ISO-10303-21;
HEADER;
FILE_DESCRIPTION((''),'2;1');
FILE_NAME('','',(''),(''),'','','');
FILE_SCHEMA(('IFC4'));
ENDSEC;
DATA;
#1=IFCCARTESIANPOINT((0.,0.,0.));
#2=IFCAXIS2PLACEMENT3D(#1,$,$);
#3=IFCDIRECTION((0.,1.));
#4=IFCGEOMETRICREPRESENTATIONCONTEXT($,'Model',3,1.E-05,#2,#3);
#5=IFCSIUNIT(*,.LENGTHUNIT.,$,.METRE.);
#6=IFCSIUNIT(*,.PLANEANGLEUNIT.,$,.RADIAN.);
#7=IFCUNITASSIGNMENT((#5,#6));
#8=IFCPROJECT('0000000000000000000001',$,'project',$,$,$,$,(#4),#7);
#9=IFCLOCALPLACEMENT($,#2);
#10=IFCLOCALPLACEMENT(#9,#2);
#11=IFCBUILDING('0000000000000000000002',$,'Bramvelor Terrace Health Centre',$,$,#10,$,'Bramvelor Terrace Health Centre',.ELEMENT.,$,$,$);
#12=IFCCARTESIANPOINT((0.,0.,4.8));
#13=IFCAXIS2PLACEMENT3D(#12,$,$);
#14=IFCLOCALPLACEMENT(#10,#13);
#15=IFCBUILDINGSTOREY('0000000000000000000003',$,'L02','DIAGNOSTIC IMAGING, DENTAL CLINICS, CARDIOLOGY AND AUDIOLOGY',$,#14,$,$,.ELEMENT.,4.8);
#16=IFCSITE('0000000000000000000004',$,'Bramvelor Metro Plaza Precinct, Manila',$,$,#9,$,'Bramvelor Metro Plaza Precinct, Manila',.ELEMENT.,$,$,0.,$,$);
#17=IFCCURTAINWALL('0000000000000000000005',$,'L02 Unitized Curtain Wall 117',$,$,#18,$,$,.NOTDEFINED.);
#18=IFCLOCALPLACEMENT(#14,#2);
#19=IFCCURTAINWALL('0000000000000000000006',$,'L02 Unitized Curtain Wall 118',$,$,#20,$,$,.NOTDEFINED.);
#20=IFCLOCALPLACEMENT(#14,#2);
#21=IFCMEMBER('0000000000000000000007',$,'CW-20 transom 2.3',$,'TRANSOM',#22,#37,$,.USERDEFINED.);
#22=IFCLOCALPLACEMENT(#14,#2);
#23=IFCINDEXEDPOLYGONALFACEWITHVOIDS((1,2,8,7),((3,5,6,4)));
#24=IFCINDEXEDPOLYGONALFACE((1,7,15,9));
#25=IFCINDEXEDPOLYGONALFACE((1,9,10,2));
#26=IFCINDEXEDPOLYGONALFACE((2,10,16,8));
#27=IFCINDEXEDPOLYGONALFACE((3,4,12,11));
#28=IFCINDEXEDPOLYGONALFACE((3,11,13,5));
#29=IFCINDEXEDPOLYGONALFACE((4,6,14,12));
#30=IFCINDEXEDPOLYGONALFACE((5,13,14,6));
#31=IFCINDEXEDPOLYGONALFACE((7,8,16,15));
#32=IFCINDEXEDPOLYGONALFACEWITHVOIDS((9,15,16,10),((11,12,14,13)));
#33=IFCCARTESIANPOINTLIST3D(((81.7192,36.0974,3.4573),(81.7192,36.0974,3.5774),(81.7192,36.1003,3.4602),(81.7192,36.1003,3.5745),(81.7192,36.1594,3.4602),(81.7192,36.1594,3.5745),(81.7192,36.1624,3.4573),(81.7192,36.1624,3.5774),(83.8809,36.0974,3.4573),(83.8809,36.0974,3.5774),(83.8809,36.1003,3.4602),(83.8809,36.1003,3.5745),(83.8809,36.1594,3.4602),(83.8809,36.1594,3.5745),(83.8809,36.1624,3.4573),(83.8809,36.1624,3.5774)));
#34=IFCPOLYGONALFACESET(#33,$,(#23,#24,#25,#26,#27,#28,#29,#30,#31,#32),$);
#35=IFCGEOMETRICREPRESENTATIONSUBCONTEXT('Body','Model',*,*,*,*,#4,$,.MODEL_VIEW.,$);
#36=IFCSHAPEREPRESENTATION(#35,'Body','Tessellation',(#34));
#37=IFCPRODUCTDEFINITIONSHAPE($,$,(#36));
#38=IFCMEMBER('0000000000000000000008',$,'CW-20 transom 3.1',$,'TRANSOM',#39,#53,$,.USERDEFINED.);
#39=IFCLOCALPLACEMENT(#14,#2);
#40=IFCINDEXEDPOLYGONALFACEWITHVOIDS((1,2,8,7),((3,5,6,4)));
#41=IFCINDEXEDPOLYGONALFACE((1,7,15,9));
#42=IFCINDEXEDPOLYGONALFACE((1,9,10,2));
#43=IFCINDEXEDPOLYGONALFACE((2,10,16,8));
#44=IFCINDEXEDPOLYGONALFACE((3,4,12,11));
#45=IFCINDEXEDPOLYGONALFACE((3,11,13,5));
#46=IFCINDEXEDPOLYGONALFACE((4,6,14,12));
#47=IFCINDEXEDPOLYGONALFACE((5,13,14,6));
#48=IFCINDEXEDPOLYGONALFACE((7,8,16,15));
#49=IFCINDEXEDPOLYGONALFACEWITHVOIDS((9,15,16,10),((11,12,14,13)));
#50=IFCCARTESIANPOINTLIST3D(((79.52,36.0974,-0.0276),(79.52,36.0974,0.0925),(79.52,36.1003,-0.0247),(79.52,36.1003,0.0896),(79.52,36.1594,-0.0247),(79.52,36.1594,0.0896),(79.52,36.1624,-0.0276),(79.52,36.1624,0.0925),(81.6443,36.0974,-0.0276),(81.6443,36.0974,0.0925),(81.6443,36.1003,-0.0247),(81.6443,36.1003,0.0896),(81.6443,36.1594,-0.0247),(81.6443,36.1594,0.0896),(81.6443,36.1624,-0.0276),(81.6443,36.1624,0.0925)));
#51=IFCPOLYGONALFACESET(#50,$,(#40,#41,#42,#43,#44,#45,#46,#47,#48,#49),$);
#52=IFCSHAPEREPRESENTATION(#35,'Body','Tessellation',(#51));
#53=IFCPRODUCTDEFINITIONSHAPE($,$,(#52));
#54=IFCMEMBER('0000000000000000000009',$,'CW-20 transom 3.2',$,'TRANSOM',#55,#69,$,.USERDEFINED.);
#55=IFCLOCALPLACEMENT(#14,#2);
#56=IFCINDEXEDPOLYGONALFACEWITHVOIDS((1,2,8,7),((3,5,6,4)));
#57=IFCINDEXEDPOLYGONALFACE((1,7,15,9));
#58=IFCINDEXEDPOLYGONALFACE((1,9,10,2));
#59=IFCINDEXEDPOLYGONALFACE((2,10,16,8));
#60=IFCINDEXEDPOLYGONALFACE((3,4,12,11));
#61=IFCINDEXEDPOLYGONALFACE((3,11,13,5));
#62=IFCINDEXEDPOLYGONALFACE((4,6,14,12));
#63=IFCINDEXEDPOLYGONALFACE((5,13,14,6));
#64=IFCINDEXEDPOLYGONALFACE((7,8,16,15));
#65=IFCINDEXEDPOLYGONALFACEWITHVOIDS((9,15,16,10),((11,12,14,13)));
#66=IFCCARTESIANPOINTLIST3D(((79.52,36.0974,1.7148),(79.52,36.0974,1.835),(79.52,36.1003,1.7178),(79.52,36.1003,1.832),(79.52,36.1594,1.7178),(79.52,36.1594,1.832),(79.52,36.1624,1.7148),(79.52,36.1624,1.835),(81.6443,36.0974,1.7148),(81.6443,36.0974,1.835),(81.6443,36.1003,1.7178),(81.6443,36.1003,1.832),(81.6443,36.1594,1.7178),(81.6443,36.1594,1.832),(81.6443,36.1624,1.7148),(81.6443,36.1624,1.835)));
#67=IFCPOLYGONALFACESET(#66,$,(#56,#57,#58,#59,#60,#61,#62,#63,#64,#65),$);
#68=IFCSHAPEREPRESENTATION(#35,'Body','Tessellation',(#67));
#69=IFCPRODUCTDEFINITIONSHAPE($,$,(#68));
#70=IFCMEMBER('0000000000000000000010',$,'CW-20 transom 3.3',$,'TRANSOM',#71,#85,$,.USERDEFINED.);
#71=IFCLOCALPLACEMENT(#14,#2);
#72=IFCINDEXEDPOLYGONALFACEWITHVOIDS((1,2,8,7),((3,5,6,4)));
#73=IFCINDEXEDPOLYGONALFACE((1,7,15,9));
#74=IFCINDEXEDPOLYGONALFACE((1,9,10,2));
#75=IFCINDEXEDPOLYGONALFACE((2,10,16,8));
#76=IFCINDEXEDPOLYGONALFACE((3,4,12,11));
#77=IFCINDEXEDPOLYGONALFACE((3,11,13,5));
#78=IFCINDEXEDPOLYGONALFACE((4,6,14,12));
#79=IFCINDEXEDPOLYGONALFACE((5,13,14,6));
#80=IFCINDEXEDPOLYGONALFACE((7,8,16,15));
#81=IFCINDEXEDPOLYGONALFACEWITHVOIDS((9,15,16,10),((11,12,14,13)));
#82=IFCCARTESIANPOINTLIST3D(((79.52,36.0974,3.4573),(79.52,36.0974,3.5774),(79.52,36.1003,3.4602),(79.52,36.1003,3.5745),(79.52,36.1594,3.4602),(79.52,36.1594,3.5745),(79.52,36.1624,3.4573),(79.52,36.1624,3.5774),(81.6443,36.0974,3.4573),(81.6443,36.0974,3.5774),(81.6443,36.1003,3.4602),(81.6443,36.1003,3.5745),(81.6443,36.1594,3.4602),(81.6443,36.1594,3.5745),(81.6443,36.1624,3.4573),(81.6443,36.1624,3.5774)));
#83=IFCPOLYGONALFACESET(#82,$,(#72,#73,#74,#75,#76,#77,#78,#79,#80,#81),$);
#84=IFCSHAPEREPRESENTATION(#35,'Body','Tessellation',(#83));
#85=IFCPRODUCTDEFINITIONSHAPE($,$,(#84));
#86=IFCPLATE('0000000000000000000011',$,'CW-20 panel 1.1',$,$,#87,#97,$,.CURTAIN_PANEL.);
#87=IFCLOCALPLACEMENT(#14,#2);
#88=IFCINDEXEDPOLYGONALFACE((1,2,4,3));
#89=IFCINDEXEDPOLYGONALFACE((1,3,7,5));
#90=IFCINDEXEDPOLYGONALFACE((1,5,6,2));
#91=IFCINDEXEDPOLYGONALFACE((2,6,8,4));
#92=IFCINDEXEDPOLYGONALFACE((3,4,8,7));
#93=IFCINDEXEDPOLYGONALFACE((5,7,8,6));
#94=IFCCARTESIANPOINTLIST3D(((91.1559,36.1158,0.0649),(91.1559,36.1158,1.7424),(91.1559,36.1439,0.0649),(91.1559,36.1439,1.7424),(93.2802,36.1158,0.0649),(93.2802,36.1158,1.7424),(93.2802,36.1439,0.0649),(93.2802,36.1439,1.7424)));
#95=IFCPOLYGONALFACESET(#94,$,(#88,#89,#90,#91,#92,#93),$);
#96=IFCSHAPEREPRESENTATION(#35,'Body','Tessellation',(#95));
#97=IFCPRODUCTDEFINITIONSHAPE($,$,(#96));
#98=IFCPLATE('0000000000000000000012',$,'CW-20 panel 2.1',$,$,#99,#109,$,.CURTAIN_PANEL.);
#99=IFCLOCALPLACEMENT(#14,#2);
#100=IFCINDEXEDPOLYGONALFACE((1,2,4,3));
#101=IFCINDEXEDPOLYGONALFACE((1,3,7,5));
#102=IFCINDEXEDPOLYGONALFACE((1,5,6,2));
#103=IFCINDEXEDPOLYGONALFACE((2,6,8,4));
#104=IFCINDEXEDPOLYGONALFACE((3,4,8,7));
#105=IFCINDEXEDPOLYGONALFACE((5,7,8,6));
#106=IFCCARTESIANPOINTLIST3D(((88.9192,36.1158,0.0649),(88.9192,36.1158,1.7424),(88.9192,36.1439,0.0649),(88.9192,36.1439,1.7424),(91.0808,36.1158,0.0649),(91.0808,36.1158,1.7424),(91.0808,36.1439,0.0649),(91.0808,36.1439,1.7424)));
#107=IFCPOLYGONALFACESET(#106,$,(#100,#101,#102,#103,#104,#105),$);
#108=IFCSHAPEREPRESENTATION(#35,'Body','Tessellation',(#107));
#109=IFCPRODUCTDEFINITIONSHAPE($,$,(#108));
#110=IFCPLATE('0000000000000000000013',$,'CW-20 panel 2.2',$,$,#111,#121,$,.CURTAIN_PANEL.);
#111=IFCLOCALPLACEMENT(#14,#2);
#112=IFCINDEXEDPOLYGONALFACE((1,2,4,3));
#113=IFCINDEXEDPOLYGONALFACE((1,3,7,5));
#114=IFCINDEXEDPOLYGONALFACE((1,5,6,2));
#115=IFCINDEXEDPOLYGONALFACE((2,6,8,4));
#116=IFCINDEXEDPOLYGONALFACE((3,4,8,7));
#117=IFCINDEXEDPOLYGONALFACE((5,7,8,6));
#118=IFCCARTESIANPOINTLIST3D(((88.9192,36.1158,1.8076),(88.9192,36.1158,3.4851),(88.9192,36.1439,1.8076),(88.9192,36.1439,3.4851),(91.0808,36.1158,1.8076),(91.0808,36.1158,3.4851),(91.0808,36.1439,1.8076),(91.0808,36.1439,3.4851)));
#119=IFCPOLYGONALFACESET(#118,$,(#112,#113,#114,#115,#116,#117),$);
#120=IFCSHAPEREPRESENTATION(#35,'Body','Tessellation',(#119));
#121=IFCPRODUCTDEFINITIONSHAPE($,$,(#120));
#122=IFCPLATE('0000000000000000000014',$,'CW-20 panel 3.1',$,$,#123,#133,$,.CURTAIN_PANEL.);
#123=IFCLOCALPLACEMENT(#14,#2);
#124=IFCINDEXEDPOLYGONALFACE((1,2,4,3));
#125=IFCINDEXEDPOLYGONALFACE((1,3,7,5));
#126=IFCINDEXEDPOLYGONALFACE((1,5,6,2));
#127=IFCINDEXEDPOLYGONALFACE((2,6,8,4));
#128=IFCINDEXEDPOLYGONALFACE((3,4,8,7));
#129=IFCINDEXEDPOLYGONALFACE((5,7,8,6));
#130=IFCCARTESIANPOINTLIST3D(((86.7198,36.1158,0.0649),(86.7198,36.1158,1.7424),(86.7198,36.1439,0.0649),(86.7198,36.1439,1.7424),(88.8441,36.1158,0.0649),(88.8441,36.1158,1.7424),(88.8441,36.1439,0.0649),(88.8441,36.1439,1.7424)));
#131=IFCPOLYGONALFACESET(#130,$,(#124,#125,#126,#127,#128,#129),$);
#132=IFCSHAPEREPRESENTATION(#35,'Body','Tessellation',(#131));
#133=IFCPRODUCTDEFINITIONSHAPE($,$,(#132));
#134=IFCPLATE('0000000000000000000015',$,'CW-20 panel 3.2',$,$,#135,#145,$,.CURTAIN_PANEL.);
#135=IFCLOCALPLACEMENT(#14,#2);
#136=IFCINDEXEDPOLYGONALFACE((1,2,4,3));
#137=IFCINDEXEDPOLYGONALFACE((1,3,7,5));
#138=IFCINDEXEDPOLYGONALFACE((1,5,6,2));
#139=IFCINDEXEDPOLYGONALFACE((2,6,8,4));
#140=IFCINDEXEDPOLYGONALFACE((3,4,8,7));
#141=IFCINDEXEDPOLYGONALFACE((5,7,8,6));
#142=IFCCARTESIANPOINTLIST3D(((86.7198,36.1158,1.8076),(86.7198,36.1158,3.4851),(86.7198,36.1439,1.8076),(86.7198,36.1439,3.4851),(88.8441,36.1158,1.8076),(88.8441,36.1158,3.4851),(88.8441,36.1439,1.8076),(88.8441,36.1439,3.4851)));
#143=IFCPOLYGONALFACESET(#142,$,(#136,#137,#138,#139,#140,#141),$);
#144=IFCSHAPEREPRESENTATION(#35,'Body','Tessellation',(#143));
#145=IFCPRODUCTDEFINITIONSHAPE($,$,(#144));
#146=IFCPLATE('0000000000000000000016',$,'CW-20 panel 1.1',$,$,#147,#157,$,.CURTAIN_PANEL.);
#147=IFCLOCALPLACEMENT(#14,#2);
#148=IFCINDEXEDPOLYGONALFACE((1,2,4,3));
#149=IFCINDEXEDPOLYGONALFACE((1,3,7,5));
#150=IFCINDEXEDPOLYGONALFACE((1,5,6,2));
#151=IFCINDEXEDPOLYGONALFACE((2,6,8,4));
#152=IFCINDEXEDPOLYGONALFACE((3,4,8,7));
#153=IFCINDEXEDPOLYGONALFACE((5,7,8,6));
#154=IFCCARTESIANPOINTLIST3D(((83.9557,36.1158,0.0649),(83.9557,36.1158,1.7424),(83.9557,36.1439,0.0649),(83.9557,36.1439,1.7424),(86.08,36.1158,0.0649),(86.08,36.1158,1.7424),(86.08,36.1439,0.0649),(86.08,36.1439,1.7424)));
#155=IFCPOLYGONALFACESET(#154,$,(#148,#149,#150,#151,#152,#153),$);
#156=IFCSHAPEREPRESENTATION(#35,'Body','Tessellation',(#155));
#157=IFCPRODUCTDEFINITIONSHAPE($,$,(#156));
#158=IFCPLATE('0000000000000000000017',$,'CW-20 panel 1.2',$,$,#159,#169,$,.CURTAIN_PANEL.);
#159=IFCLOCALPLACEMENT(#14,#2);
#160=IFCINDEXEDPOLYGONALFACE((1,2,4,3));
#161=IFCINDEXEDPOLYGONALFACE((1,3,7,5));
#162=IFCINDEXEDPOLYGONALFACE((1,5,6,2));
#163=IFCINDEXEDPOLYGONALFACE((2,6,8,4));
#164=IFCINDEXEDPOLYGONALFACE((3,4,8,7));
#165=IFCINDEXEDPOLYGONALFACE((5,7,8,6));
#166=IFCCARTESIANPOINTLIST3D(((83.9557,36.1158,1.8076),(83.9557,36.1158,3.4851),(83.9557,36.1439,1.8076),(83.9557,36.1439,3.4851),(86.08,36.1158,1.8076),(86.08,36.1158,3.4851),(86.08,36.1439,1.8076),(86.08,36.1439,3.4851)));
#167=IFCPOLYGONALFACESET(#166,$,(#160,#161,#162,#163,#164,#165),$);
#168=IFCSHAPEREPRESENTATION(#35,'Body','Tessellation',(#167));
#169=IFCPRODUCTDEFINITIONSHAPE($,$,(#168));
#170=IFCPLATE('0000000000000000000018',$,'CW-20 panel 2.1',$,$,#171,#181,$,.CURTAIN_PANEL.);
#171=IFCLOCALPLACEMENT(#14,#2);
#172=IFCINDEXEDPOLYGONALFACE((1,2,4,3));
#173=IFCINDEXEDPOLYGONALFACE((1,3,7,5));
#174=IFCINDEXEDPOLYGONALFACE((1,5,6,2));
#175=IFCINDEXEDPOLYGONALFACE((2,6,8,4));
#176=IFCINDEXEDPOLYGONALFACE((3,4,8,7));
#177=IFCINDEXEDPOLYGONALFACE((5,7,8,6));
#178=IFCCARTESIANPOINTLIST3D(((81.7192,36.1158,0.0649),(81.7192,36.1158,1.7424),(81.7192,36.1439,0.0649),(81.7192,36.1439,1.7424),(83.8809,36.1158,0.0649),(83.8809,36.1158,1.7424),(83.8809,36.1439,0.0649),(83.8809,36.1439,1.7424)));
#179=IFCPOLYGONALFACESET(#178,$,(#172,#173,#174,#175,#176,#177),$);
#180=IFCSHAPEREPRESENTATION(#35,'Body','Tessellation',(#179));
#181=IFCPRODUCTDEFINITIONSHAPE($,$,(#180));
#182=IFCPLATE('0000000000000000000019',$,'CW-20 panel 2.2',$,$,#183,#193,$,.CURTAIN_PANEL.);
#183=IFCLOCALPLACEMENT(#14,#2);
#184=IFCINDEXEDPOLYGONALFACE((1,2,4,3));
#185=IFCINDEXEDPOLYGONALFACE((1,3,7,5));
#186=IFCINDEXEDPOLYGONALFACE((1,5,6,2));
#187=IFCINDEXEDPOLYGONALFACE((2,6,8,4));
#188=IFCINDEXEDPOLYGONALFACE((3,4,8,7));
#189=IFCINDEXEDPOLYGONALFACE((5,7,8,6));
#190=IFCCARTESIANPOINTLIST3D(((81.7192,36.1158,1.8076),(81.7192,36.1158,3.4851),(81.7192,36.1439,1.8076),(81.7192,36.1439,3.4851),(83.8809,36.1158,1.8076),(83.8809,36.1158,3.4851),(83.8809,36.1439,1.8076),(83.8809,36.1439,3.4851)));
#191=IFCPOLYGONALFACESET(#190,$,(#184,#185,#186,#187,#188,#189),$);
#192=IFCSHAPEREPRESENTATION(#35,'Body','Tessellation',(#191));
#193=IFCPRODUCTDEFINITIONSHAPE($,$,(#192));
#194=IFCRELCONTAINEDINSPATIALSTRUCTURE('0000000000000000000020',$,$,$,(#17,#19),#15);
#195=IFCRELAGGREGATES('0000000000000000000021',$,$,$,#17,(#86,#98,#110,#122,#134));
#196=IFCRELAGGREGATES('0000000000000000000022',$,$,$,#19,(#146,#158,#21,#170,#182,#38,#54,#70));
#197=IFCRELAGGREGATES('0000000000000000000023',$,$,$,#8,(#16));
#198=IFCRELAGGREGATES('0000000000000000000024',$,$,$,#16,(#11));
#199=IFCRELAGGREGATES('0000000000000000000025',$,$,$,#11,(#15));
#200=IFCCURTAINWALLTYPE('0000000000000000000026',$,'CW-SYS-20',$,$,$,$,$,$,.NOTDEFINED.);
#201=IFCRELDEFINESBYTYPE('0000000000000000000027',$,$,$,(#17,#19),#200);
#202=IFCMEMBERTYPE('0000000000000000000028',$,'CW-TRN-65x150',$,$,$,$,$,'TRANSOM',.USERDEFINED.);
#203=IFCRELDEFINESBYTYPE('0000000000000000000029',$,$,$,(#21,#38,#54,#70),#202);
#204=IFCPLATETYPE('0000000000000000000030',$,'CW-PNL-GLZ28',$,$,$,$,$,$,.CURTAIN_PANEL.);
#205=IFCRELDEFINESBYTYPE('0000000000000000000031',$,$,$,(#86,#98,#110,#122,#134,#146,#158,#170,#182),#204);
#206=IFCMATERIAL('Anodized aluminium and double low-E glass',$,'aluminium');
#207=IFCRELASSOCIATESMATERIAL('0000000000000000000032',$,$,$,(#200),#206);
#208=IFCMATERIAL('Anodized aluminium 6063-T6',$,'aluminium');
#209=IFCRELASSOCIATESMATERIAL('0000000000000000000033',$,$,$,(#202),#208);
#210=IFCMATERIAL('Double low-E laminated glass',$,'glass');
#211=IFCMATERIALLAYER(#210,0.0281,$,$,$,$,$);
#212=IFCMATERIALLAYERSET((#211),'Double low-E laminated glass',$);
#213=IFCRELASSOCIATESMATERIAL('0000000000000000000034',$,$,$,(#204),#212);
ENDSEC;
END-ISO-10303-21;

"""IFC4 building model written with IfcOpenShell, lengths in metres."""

from ifc_helpers import new_model, si_unit, direction, frame, origin, origin_2d, place, context, subcontext, project, spatial, rectangle, hollow_rectangle, extrude, material, layer, layer_set, material_profile, profile_set, type_object, element, aggregate, save


model = new_model("IFC4")

# Units and contexts
model_context = context("Model", 3, precision=1e-05, world=origin(), true_north=direction((0.0, 1.0)))
body_context = subcontext(model_context, "Body", "Model", "MODEL_VIEW")
ifc_project = project(units=[si_unit("LENGTHUNIT", "METRE"), si_unit("PLANEANGLEUNIT", "RADIAN")], contexts=[model_context])

# Site, building, storey
site_placement = place(None, origin())
site = spatial("IfcSite", under=ifc_project, at=site_placement, Name="Bramvelor Metro Plaza Precinct, Manila", LongName="Bramvelor Metro Plaza Precinct, Manila", CompositionType="ELEMENT", RefElevation=0.0)
building_placement = place(site_placement, origin())
building = spatial("IfcBuilding", under=site, at=building_placement, Name="Bramvelor Terrace Health Centre", LongName="Bramvelor Terrace Health Centre", CompositionType="ELEMENT")
storey_placement = place(building_placement, frame((0.0, 0.0, 4.8)))
storey = spatial("IfcBuildingStorey", under=building, at=storey_placement, Name="L02", Description="DIAGNOSTIC IMAGING, DENTAL CLINICS, CARDIOLOGY AND AUDIOLOGY", CompositionType="ELEMENT", Elevation=4.8)

# Curtain walls
ifc_material_1 = material(Name="Anodized aluminium and double low-E glass", Category="aluminium")
curtain_wall_type = type_object("IfcCurtainWallType", Name="CW-SYS-20", PredefinedType="NOTDEFINED", material=ifc_material_1)
curtain_wall_1_placement = place(storey_placement, origin())
curtain_wall_1 = element("IfcCurtainWall", 1, at=curtain_wall_1_placement, inside=storey, type_object=curtain_wall_type, Name="L02 Unitized Curtain Wall 117", PredefinedType="NOTDEFINED")
curtain_wall_2_placement = place(storey_placement, origin())
curtain_wall_2 = element("IfcCurtainWall", 2, at=curtain_wall_2_placement, inside=storey, type_object=curtain_wall_type, Name="L02 Unitized Curtain Wall 118", PredefinedType="NOTDEFINED")

# Members
ifc_material_2 = material(Name="Anodized aluminium 6063-T6", Category="aluminium")
ifc_material_profile_1 = material_profile(ifc_material_2, hollow_rectangle(XDim=0.0649, YDim=0.1201, WallThickness=0.0029, at=origin_2d()), Name="ALU-TRN 65x120x3.0")
ifc_profile_set_1 = profile_set([ifc_material_profile_1], Name="Anodized aluminium 6063-T6")
member_type_1 = type_object("IfcMemberType", Name="CW-TRN-65x150", ElementType="TRANSOM", PredefinedType="USERDEFINED", material=ifc_profile_set_1)
member_1_placement = place(storey_placement, frame((83.8809, 36.1299, 3.5173), z_axis=(-1.0, 0.0, 0.0), x_axis=(0.0, -1.0, 0.0)))
member_1 = element("IfcMember", 3, at=member_1_placement, type_object=member_type_1, Name="CW-20 transom 2.3", ObjectType="TRANSOM", PredefinedType="USERDEFINED", context=body_context, shape_type="SweptSolid", body=[
    extrude(hollow_rectangle(XDim=0.0649, YDim=0.1201, WallThickness=0.0029, at=origin_2d()), origin(), (0.0, 0.0, 1.0), 2.1616),
])
member_2_placement = place(storey_placement, frame((81.6443, 36.1299, 0.0325), z_axis=(-1.0, 0.0, 0.0), x_axis=(0.0, -1.0, 0.0)))
member_2 = element("IfcMember", 4, at=member_2_placement, type_object=member_type_1, Name="CW-20 transom 3.1", ObjectType="TRANSOM", PredefinedType="USERDEFINED", context=body_context, shape_type="SweptSolid", body=[
    extrude(hollow_rectangle(XDim=0.0649, YDim=0.1201, WallThickness=0.0029, at=origin_2d()), origin(), (0.0, 0.0, 1.0), 2.1243),
])
member_3_placement = place(storey_placement, frame((81.6443, 36.1299, 1.7749), z_axis=(-1.0, 0.0, 0.0), x_axis=(0.0, -1.0, 0.0)))
member_3 = element("IfcMember", 5, at=member_3_placement, type_object=member_type_1, Name="CW-20 transom 3.2", ObjectType="TRANSOM", PredefinedType="USERDEFINED", context=body_context, shape_type="SweptSolid", body=[
    extrude(hollow_rectangle(XDim=0.0649, YDim=0.1201, WallThickness=0.0029, at=origin_2d()), origin(), (0.0, 0.0, 1.0), 2.1243),
])
member_4_placement = place(storey_placement, frame((81.6443, 36.1299, 3.5173), z_axis=(-1.0, 0.0, 0.0), x_axis=(0.0, -1.0, 0.0)))
member_4 = element("IfcMember", 6, at=member_4_placement, type_object=member_type_1, Name="CW-20 transom 3.3", ObjectType="TRANSOM", PredefinedType="USERDEFINED", context=body_context, shape_type="SweptSolid", body=[
    extrude(hollow_rectangle(XDim=0.0649, YDim=0.1201, WallThickness=0.0029, at=origin_2d()), origin(), (0.0, 0.0, 1.0), 2.1243),
])

# Plates
ifc_material_3 = material(Name="Double low-E laminated glass", Category="glass")
ifc_layer_1 = layer(ifc_material_3, 0.0281)
ifc_layer_set_1 = layer_set([ifc_layer_1], Name="Double low-E laminated glass")
plate_type_1 = type_object("IfcPlateType", Name="CW-PNL-GLZ28", PredefinedType="CURTAIN_PANEL", material=ifc_layer_set_1)
plate_1_placement = place(storey_placement, frame((92.218, 36.1299, 0.0649), z_axis=(0.0, 0.0, 1.0), x_axis=(-1.0, 0.0, 0.0)))
plate_1 = element("IfcPlate", 7, at=plate_1_placement, type_object=plate_type_1, Name="CW-20 panel 1.1", PredefinedType="CURTAIN_PANEL", context=body_context, shape_type="SweptSolid", body=[
    extrude(rectangle(XDim=2.1243, YDim=0.0281, at=origin_2d()), origin(), (0.0, 0.0, 1.0), 1.6775),
])
plate_2_placement = place(storey_placement, frame((90.0, 36.1299, 0.0649), z_axis=(0.0, 0.0, 1.0), x_axis=(-1.0, 0.0, 0.0)))
plate_2 = element("IfcPlate", 8, at=plate_2_placement, type_object=plate_type_1, Name="CW-20 panel 2.1", PredefinedType="CURTAIN_PANEL", context=body_context, shape_type="SweptSolid", body=[
    extrude(rectangle(XDim=2.1616, YDim=0.0281, at=origin_2d()), origin(), (0.0, 0.0, 1.0), 1.6775),
])
plate_3_placement = place(storey_placement, frame((90.0, 36.1299, 1.8076), z_axis=(0.0, 0.0, 1.0), x_axis=(-1.0, 0.0, 0.0)))
plate_3 = element("IfcPlate", 9, at=plate_3_placement, type_object=plate_type_1, Name="CW-20 panel 2.2", PredefinedType="CURTAIN_PANEL", context=body_context, shape_type="SweptSolid", body=[
    extrude(rectangle(XDim=2.1616, YDim=0.0281, at=origin_2d()), origin(), (0.0, 0.0, 1.0), 1.6775),
])
plate_4_placement = place(storey_placement, frame((87.782, 36.1299, 0.0649), z_axis=(0.0, 0.0, 1.0), x_axis=(-1.0, 0.0, 0.0)))
plate_4 = element("IfcPlate", 10, at=plate_4_placement, type_object=plate_type_1, Name="CW-20 panel 3.1", PredefinedType="CURTAIN_PANEL", context=body_context, shape_type="SweptSolid", body=[
    extrude(rectangle(XDim=2.1243, YDim=0.0281, at=origin_2d()), origin(), (0.0, 0.0, 1.0), 1.6775),
])
plate_5_placement = place(storey_placement, frame((87.782, 36.1299, 1.8076), z_axis=(0.0, 0.0, 1.0), x_axis=(-1.0, 0.0, 0.0)))
plate_5 = element("IfcPlate", 11, at=plate_5_placement, type_object=plate_type_1, Name="CW-20 panel 3.2", PredefinedType="CURTAIN_PANEL", context=body_context, shape_type="SweptSolid", body=[
    extrude(rectangle(XDim=2.1243, YDim=0.0281, at=origin_2d()), origin(), (0.0, 0.0, 1.0), 1.6775),
])
aggregate(curtain_wall_1, [plate_1, plate_2, plate_3, plate_4, plate_5])
plate_6_placement = place(storey_placement, frame((85.0178, 36.1299, 0.0649), z_axis=(0.0, 0.0, 1.0), x_axis=(-1.0, 0.0, 0.0)))
plate_6 = element("IfcPlate", 12, at=plate_6_placement, type_object=plate_type_1, Name="CW-20 panel 1.1", PredefinedType="CURTAIN_PANEL", context=body_context, shape_type="SweptSolid", body=[
    extrude(rectangle(XDim=2.1243, YDim=0.0281, at=origin_2d()), origin(), (0.0, 0.0, 1.0), 1.6775),
])
plate_7_placement = place(storey_placement, frame((85.0178, 36.1299, 1.8076), z_axis=(0.0, 0.0, 1.0), x_axis=(-1.0, 0.0, 0.0)))
plate_7 = element("IfcPlate", 13, at=plate_7_placement, type_object=plate_type_1, Name="CW-20 panel 1.2", PredefinedType="CURTAIN_PANEL", context=body_context, shape_type="SweptSolid", body=[
    extrude(rectangle(XDim=2.1243, YDim=0.0281, at=origin_2d()), origin(), (0.0, 0.0, 1.0), 1.6775),
])
plate_8_placement = place(storey_placement, frame((82.8, 36.1299, 0.0649), z_axis=(0.0, 0.0, 1.0), x_axis=(-1.0, 0.0, 0.0)))
plate_8 = element("IfcPlate", 14, at=plate_8_placement, type_object=plate_type_1, Name="CW-20 panel 2.1", PredefinedType="CURTAIN_PANEL", context=body_context, shape_type="SweptSolid", body=[
    extrude(rectangle(XDim=2.1616, YDim=0.0281, at=origin_2d()), origin(), (0.0, 0.0, 1.0), 1.6775),
])
plate_9_placement = place(storey_placement, frame((82.8, 36.1299, 1.8076), z_axis=(0.0, 0.0, 1.0), x_axis=(-1.0, 0.0, 0.0)))
plate_9 = element("IfcPlate", 15, at=plate_9_placement, type_object=plate_type_1, Name="CW-20 panel 2.2", PredefinedType="CURTAIN_PANEL", context=body_context, shape_type="SweptSolid", body=[
    extrude(rectangle(XDim=2.1616, YDim=0.0281, at=origin_2d()), origin(), (0.0, 0.0, 1.0), 1.6775),
])
aggregate(curtain_wall_2, [plate_6, plate_7, member_1, plate_8, plate_9, member_2, member_3, member_4])

save(model, "model.ifc")
